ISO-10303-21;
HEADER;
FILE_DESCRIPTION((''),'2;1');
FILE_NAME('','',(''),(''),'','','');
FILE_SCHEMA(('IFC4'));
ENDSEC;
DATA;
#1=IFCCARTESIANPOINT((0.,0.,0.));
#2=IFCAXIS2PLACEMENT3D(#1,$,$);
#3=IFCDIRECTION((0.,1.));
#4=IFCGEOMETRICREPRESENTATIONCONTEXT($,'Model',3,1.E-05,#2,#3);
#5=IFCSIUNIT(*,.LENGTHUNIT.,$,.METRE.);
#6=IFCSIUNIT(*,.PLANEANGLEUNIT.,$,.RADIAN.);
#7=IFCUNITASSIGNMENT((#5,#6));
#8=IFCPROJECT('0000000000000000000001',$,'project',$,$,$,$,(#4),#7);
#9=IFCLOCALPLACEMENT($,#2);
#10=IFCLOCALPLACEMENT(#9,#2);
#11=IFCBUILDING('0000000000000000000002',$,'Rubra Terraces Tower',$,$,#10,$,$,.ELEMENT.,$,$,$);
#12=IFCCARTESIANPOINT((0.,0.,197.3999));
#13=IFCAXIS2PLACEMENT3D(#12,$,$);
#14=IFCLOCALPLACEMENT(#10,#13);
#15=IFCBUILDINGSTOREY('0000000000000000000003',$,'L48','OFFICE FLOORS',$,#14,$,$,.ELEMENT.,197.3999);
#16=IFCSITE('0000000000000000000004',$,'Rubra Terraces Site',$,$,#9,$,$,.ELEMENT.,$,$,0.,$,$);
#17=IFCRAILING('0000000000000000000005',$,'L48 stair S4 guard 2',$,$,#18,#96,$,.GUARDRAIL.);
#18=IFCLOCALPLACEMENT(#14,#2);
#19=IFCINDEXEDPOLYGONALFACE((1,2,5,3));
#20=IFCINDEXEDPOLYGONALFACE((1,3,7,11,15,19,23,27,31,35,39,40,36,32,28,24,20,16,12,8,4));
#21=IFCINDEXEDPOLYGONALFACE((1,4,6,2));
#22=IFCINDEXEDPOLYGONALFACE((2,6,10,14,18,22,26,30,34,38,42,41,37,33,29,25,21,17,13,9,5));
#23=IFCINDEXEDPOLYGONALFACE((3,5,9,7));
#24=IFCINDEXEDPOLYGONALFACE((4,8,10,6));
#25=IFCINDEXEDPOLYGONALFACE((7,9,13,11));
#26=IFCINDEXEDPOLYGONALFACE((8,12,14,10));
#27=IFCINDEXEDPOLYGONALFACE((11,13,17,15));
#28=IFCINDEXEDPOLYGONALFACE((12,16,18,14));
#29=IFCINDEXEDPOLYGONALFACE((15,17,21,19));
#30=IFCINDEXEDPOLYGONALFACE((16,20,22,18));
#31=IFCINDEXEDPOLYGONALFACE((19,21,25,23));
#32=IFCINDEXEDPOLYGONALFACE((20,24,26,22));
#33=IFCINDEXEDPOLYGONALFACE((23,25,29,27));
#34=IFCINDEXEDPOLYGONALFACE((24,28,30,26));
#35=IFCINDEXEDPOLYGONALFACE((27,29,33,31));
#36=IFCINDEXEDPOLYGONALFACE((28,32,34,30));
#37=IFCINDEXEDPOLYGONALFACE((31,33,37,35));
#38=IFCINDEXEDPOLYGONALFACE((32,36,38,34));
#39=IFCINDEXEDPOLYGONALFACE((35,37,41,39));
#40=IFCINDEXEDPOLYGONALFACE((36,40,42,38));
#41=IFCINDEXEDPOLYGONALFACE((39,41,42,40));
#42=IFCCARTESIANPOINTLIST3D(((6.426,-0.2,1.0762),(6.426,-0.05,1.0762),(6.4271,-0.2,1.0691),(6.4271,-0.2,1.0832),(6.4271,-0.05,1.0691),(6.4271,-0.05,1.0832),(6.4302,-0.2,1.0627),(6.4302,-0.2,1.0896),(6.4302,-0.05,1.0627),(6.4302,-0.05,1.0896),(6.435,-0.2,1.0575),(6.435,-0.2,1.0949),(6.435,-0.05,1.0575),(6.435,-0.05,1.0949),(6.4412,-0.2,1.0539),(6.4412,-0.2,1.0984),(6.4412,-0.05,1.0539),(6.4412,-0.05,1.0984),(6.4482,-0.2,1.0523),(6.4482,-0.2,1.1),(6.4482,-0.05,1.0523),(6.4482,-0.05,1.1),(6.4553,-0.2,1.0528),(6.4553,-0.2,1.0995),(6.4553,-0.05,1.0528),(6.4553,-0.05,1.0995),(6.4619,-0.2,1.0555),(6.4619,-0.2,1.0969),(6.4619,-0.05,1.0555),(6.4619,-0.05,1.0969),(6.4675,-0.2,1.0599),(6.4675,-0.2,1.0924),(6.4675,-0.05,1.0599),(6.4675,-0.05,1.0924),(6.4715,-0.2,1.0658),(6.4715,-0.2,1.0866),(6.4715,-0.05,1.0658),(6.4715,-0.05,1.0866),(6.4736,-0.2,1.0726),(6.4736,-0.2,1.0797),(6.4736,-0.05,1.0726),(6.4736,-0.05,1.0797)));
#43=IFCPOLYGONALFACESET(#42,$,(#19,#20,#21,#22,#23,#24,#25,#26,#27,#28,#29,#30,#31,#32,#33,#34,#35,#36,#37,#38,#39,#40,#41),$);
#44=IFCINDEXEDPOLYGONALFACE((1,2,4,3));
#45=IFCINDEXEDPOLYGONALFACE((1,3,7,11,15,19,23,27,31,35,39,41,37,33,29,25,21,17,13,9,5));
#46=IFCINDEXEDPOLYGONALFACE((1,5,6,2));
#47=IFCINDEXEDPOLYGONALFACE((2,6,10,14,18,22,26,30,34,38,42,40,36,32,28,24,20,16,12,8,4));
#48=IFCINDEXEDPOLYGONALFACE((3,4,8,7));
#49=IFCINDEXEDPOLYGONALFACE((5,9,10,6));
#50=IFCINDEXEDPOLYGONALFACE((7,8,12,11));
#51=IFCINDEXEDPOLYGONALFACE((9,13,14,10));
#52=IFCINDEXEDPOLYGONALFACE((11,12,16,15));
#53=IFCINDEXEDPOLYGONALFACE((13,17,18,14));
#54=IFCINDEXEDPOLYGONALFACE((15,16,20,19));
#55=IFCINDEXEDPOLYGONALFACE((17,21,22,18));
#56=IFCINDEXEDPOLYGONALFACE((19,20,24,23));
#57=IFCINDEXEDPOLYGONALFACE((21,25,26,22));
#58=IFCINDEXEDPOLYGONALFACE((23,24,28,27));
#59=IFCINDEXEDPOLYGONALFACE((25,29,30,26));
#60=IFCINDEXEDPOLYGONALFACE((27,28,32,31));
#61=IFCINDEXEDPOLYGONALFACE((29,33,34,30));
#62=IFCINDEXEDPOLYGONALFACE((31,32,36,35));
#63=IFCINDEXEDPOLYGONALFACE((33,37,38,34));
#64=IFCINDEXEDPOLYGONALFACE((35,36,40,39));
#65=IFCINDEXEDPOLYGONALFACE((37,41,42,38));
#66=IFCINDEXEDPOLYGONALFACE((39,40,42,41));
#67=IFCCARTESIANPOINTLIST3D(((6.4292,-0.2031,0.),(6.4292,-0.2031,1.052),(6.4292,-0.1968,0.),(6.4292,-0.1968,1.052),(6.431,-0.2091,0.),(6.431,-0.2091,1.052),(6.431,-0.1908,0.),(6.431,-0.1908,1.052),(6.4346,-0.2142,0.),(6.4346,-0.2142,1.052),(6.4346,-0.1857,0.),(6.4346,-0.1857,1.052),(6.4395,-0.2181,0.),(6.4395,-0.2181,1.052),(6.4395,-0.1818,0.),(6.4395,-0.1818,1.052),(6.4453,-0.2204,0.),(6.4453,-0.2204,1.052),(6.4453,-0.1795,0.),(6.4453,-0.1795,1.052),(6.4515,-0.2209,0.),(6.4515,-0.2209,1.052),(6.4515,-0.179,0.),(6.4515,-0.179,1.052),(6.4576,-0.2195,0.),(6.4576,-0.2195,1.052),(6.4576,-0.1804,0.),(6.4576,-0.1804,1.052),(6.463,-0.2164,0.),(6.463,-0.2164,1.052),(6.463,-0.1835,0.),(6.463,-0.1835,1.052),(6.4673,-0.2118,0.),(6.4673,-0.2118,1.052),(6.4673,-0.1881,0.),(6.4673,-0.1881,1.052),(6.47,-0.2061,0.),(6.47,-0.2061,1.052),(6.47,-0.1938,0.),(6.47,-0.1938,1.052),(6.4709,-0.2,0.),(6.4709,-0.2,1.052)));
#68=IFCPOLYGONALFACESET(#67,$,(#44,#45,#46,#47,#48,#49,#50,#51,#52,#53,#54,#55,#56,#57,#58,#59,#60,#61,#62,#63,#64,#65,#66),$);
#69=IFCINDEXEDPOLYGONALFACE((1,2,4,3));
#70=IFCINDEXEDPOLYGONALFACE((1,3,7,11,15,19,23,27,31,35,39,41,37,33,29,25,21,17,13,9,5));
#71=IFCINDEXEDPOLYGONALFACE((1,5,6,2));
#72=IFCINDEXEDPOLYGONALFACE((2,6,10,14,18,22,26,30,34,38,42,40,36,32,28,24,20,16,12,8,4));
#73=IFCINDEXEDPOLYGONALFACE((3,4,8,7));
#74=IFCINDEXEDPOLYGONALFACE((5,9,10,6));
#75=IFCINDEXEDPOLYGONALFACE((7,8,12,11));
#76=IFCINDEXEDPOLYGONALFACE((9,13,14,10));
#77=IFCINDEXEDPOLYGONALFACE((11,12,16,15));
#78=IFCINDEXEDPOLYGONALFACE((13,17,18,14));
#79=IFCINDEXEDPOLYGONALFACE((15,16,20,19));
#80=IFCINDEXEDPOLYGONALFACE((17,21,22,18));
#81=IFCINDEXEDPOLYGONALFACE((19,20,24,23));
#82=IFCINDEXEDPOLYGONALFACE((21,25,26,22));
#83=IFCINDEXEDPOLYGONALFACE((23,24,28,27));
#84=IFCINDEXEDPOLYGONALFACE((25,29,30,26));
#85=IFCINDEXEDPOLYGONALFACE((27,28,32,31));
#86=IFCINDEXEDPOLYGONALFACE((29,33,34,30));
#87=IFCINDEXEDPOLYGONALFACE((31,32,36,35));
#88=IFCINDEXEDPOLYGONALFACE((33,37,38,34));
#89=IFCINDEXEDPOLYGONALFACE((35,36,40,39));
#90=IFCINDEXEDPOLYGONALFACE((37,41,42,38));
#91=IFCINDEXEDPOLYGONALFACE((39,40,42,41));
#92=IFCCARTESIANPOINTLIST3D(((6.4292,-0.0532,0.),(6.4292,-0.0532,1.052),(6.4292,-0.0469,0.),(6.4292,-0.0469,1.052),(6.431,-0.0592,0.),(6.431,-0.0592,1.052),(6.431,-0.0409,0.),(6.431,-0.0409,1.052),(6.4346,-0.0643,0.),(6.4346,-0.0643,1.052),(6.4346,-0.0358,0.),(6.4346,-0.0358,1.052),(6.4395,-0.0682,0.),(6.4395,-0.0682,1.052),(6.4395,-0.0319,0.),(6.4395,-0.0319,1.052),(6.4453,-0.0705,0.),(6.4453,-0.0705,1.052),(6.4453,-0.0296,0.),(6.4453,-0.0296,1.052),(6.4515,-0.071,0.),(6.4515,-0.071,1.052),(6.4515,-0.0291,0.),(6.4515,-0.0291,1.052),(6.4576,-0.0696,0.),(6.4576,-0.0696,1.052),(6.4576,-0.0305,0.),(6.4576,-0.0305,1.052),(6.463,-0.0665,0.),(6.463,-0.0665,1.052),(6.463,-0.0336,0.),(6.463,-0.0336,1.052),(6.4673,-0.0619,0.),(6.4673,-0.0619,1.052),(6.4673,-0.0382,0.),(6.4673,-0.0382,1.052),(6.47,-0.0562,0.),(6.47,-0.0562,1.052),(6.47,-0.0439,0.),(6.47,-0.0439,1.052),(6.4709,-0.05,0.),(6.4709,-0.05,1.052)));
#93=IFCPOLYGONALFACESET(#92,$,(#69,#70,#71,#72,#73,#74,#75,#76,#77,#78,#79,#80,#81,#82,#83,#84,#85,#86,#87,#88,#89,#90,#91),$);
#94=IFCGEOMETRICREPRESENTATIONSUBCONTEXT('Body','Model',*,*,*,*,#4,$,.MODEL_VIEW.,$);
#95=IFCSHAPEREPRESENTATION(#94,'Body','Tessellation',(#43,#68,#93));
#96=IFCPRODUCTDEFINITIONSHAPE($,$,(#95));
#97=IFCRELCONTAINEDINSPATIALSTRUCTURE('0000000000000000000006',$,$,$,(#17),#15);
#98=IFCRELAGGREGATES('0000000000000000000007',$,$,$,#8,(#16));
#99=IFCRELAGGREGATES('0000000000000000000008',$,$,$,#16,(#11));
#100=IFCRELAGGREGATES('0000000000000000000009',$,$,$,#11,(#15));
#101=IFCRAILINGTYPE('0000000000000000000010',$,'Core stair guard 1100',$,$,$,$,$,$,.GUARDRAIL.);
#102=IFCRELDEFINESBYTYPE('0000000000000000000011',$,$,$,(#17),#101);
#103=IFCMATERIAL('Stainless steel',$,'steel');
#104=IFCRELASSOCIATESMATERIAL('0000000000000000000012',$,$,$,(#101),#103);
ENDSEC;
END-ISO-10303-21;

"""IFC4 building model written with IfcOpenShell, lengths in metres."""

from ifc_helpers import new_model, si_unit, direction, frame, origin, origin_2d, place, context, subcontext, project, spatial, circle, extrude, material, type_object, element, save


model = new_model("IFC4")

# Units and contexts
model_context = context("Model", 3, precision=1e-05, world=origin(), true_north=direction((0.0, 1.0)))
body_context = subcontext(model_context, "Body", "Model", "MODEL_VIEW")
ifc_project = project(units=[si_unit("LENGTHUNIT", "METRE"), si_unit("PLANEANGLEUNIT", "RADIAN")], contexts=[model_context])

# Site, building, storey
site_placement = place(None, origin())
site = spatial("IfcSite", under=ifc_project, at=site_placement, Name="Rubra Terraces Site", CompositionType="ELEMENT", RefElevation=0.0)
building_placement = place(site_placement, origin())
building = spatial("IfcBuilding", under=site, at=building_placement, Name="Rubra Terraces Tower", CompositionType="ELEMENT")
storey_placement = place(building_placement, frame((0.0, 0.0, 197.3999)))
storey = spatial("IfcBuildingStorey", under=building, at=storey_placement, Name="L48", Description="OFFICE FLOORS", CompositionType="ELEMENT", Elevation=197.3999)

# Railing
ifc_material_1 = material(Name="Stainless steel", Category="steel")
railing_type_1 = type_object("IfcRailingType", Name="Core stair guard 1100", PredefinedType="GUARDRAIL", material=ifc_material_1)
railing_1_placement = place(storey_placement, frame((6.45, -0.2, 0.0)))
element("IfcRailing", 1, at=railing_1_placement, inside=storey, type_object=railing_type_1, Name="L48 stair S4 guard 2", PredefinedType="GUARDRAIL", context=body_context, shape_type="SweptSolid", body=[
    extrude(circle(Radius=0.0239, at=origin_2d()), frame((0.0, 0.0, 1.0762), z_axis=(0.0, 1.0, 0.0), x_axis=(-1.0, 0.0, 0.0)), (0.0, 0.0, 1.0), 0.1499),
    extrude(circle(Radius=0.021, at=origin_2d()), origin(), (0.0, 0.0, 1.0), 1.052),
    extrude(circle(Radius=0.021, at=origin_2d()), frame((0.0, 0.1499, 0.0)), (0.0, 0.0, 1.0), 1.052),
])

save(model, "model.ifc")
